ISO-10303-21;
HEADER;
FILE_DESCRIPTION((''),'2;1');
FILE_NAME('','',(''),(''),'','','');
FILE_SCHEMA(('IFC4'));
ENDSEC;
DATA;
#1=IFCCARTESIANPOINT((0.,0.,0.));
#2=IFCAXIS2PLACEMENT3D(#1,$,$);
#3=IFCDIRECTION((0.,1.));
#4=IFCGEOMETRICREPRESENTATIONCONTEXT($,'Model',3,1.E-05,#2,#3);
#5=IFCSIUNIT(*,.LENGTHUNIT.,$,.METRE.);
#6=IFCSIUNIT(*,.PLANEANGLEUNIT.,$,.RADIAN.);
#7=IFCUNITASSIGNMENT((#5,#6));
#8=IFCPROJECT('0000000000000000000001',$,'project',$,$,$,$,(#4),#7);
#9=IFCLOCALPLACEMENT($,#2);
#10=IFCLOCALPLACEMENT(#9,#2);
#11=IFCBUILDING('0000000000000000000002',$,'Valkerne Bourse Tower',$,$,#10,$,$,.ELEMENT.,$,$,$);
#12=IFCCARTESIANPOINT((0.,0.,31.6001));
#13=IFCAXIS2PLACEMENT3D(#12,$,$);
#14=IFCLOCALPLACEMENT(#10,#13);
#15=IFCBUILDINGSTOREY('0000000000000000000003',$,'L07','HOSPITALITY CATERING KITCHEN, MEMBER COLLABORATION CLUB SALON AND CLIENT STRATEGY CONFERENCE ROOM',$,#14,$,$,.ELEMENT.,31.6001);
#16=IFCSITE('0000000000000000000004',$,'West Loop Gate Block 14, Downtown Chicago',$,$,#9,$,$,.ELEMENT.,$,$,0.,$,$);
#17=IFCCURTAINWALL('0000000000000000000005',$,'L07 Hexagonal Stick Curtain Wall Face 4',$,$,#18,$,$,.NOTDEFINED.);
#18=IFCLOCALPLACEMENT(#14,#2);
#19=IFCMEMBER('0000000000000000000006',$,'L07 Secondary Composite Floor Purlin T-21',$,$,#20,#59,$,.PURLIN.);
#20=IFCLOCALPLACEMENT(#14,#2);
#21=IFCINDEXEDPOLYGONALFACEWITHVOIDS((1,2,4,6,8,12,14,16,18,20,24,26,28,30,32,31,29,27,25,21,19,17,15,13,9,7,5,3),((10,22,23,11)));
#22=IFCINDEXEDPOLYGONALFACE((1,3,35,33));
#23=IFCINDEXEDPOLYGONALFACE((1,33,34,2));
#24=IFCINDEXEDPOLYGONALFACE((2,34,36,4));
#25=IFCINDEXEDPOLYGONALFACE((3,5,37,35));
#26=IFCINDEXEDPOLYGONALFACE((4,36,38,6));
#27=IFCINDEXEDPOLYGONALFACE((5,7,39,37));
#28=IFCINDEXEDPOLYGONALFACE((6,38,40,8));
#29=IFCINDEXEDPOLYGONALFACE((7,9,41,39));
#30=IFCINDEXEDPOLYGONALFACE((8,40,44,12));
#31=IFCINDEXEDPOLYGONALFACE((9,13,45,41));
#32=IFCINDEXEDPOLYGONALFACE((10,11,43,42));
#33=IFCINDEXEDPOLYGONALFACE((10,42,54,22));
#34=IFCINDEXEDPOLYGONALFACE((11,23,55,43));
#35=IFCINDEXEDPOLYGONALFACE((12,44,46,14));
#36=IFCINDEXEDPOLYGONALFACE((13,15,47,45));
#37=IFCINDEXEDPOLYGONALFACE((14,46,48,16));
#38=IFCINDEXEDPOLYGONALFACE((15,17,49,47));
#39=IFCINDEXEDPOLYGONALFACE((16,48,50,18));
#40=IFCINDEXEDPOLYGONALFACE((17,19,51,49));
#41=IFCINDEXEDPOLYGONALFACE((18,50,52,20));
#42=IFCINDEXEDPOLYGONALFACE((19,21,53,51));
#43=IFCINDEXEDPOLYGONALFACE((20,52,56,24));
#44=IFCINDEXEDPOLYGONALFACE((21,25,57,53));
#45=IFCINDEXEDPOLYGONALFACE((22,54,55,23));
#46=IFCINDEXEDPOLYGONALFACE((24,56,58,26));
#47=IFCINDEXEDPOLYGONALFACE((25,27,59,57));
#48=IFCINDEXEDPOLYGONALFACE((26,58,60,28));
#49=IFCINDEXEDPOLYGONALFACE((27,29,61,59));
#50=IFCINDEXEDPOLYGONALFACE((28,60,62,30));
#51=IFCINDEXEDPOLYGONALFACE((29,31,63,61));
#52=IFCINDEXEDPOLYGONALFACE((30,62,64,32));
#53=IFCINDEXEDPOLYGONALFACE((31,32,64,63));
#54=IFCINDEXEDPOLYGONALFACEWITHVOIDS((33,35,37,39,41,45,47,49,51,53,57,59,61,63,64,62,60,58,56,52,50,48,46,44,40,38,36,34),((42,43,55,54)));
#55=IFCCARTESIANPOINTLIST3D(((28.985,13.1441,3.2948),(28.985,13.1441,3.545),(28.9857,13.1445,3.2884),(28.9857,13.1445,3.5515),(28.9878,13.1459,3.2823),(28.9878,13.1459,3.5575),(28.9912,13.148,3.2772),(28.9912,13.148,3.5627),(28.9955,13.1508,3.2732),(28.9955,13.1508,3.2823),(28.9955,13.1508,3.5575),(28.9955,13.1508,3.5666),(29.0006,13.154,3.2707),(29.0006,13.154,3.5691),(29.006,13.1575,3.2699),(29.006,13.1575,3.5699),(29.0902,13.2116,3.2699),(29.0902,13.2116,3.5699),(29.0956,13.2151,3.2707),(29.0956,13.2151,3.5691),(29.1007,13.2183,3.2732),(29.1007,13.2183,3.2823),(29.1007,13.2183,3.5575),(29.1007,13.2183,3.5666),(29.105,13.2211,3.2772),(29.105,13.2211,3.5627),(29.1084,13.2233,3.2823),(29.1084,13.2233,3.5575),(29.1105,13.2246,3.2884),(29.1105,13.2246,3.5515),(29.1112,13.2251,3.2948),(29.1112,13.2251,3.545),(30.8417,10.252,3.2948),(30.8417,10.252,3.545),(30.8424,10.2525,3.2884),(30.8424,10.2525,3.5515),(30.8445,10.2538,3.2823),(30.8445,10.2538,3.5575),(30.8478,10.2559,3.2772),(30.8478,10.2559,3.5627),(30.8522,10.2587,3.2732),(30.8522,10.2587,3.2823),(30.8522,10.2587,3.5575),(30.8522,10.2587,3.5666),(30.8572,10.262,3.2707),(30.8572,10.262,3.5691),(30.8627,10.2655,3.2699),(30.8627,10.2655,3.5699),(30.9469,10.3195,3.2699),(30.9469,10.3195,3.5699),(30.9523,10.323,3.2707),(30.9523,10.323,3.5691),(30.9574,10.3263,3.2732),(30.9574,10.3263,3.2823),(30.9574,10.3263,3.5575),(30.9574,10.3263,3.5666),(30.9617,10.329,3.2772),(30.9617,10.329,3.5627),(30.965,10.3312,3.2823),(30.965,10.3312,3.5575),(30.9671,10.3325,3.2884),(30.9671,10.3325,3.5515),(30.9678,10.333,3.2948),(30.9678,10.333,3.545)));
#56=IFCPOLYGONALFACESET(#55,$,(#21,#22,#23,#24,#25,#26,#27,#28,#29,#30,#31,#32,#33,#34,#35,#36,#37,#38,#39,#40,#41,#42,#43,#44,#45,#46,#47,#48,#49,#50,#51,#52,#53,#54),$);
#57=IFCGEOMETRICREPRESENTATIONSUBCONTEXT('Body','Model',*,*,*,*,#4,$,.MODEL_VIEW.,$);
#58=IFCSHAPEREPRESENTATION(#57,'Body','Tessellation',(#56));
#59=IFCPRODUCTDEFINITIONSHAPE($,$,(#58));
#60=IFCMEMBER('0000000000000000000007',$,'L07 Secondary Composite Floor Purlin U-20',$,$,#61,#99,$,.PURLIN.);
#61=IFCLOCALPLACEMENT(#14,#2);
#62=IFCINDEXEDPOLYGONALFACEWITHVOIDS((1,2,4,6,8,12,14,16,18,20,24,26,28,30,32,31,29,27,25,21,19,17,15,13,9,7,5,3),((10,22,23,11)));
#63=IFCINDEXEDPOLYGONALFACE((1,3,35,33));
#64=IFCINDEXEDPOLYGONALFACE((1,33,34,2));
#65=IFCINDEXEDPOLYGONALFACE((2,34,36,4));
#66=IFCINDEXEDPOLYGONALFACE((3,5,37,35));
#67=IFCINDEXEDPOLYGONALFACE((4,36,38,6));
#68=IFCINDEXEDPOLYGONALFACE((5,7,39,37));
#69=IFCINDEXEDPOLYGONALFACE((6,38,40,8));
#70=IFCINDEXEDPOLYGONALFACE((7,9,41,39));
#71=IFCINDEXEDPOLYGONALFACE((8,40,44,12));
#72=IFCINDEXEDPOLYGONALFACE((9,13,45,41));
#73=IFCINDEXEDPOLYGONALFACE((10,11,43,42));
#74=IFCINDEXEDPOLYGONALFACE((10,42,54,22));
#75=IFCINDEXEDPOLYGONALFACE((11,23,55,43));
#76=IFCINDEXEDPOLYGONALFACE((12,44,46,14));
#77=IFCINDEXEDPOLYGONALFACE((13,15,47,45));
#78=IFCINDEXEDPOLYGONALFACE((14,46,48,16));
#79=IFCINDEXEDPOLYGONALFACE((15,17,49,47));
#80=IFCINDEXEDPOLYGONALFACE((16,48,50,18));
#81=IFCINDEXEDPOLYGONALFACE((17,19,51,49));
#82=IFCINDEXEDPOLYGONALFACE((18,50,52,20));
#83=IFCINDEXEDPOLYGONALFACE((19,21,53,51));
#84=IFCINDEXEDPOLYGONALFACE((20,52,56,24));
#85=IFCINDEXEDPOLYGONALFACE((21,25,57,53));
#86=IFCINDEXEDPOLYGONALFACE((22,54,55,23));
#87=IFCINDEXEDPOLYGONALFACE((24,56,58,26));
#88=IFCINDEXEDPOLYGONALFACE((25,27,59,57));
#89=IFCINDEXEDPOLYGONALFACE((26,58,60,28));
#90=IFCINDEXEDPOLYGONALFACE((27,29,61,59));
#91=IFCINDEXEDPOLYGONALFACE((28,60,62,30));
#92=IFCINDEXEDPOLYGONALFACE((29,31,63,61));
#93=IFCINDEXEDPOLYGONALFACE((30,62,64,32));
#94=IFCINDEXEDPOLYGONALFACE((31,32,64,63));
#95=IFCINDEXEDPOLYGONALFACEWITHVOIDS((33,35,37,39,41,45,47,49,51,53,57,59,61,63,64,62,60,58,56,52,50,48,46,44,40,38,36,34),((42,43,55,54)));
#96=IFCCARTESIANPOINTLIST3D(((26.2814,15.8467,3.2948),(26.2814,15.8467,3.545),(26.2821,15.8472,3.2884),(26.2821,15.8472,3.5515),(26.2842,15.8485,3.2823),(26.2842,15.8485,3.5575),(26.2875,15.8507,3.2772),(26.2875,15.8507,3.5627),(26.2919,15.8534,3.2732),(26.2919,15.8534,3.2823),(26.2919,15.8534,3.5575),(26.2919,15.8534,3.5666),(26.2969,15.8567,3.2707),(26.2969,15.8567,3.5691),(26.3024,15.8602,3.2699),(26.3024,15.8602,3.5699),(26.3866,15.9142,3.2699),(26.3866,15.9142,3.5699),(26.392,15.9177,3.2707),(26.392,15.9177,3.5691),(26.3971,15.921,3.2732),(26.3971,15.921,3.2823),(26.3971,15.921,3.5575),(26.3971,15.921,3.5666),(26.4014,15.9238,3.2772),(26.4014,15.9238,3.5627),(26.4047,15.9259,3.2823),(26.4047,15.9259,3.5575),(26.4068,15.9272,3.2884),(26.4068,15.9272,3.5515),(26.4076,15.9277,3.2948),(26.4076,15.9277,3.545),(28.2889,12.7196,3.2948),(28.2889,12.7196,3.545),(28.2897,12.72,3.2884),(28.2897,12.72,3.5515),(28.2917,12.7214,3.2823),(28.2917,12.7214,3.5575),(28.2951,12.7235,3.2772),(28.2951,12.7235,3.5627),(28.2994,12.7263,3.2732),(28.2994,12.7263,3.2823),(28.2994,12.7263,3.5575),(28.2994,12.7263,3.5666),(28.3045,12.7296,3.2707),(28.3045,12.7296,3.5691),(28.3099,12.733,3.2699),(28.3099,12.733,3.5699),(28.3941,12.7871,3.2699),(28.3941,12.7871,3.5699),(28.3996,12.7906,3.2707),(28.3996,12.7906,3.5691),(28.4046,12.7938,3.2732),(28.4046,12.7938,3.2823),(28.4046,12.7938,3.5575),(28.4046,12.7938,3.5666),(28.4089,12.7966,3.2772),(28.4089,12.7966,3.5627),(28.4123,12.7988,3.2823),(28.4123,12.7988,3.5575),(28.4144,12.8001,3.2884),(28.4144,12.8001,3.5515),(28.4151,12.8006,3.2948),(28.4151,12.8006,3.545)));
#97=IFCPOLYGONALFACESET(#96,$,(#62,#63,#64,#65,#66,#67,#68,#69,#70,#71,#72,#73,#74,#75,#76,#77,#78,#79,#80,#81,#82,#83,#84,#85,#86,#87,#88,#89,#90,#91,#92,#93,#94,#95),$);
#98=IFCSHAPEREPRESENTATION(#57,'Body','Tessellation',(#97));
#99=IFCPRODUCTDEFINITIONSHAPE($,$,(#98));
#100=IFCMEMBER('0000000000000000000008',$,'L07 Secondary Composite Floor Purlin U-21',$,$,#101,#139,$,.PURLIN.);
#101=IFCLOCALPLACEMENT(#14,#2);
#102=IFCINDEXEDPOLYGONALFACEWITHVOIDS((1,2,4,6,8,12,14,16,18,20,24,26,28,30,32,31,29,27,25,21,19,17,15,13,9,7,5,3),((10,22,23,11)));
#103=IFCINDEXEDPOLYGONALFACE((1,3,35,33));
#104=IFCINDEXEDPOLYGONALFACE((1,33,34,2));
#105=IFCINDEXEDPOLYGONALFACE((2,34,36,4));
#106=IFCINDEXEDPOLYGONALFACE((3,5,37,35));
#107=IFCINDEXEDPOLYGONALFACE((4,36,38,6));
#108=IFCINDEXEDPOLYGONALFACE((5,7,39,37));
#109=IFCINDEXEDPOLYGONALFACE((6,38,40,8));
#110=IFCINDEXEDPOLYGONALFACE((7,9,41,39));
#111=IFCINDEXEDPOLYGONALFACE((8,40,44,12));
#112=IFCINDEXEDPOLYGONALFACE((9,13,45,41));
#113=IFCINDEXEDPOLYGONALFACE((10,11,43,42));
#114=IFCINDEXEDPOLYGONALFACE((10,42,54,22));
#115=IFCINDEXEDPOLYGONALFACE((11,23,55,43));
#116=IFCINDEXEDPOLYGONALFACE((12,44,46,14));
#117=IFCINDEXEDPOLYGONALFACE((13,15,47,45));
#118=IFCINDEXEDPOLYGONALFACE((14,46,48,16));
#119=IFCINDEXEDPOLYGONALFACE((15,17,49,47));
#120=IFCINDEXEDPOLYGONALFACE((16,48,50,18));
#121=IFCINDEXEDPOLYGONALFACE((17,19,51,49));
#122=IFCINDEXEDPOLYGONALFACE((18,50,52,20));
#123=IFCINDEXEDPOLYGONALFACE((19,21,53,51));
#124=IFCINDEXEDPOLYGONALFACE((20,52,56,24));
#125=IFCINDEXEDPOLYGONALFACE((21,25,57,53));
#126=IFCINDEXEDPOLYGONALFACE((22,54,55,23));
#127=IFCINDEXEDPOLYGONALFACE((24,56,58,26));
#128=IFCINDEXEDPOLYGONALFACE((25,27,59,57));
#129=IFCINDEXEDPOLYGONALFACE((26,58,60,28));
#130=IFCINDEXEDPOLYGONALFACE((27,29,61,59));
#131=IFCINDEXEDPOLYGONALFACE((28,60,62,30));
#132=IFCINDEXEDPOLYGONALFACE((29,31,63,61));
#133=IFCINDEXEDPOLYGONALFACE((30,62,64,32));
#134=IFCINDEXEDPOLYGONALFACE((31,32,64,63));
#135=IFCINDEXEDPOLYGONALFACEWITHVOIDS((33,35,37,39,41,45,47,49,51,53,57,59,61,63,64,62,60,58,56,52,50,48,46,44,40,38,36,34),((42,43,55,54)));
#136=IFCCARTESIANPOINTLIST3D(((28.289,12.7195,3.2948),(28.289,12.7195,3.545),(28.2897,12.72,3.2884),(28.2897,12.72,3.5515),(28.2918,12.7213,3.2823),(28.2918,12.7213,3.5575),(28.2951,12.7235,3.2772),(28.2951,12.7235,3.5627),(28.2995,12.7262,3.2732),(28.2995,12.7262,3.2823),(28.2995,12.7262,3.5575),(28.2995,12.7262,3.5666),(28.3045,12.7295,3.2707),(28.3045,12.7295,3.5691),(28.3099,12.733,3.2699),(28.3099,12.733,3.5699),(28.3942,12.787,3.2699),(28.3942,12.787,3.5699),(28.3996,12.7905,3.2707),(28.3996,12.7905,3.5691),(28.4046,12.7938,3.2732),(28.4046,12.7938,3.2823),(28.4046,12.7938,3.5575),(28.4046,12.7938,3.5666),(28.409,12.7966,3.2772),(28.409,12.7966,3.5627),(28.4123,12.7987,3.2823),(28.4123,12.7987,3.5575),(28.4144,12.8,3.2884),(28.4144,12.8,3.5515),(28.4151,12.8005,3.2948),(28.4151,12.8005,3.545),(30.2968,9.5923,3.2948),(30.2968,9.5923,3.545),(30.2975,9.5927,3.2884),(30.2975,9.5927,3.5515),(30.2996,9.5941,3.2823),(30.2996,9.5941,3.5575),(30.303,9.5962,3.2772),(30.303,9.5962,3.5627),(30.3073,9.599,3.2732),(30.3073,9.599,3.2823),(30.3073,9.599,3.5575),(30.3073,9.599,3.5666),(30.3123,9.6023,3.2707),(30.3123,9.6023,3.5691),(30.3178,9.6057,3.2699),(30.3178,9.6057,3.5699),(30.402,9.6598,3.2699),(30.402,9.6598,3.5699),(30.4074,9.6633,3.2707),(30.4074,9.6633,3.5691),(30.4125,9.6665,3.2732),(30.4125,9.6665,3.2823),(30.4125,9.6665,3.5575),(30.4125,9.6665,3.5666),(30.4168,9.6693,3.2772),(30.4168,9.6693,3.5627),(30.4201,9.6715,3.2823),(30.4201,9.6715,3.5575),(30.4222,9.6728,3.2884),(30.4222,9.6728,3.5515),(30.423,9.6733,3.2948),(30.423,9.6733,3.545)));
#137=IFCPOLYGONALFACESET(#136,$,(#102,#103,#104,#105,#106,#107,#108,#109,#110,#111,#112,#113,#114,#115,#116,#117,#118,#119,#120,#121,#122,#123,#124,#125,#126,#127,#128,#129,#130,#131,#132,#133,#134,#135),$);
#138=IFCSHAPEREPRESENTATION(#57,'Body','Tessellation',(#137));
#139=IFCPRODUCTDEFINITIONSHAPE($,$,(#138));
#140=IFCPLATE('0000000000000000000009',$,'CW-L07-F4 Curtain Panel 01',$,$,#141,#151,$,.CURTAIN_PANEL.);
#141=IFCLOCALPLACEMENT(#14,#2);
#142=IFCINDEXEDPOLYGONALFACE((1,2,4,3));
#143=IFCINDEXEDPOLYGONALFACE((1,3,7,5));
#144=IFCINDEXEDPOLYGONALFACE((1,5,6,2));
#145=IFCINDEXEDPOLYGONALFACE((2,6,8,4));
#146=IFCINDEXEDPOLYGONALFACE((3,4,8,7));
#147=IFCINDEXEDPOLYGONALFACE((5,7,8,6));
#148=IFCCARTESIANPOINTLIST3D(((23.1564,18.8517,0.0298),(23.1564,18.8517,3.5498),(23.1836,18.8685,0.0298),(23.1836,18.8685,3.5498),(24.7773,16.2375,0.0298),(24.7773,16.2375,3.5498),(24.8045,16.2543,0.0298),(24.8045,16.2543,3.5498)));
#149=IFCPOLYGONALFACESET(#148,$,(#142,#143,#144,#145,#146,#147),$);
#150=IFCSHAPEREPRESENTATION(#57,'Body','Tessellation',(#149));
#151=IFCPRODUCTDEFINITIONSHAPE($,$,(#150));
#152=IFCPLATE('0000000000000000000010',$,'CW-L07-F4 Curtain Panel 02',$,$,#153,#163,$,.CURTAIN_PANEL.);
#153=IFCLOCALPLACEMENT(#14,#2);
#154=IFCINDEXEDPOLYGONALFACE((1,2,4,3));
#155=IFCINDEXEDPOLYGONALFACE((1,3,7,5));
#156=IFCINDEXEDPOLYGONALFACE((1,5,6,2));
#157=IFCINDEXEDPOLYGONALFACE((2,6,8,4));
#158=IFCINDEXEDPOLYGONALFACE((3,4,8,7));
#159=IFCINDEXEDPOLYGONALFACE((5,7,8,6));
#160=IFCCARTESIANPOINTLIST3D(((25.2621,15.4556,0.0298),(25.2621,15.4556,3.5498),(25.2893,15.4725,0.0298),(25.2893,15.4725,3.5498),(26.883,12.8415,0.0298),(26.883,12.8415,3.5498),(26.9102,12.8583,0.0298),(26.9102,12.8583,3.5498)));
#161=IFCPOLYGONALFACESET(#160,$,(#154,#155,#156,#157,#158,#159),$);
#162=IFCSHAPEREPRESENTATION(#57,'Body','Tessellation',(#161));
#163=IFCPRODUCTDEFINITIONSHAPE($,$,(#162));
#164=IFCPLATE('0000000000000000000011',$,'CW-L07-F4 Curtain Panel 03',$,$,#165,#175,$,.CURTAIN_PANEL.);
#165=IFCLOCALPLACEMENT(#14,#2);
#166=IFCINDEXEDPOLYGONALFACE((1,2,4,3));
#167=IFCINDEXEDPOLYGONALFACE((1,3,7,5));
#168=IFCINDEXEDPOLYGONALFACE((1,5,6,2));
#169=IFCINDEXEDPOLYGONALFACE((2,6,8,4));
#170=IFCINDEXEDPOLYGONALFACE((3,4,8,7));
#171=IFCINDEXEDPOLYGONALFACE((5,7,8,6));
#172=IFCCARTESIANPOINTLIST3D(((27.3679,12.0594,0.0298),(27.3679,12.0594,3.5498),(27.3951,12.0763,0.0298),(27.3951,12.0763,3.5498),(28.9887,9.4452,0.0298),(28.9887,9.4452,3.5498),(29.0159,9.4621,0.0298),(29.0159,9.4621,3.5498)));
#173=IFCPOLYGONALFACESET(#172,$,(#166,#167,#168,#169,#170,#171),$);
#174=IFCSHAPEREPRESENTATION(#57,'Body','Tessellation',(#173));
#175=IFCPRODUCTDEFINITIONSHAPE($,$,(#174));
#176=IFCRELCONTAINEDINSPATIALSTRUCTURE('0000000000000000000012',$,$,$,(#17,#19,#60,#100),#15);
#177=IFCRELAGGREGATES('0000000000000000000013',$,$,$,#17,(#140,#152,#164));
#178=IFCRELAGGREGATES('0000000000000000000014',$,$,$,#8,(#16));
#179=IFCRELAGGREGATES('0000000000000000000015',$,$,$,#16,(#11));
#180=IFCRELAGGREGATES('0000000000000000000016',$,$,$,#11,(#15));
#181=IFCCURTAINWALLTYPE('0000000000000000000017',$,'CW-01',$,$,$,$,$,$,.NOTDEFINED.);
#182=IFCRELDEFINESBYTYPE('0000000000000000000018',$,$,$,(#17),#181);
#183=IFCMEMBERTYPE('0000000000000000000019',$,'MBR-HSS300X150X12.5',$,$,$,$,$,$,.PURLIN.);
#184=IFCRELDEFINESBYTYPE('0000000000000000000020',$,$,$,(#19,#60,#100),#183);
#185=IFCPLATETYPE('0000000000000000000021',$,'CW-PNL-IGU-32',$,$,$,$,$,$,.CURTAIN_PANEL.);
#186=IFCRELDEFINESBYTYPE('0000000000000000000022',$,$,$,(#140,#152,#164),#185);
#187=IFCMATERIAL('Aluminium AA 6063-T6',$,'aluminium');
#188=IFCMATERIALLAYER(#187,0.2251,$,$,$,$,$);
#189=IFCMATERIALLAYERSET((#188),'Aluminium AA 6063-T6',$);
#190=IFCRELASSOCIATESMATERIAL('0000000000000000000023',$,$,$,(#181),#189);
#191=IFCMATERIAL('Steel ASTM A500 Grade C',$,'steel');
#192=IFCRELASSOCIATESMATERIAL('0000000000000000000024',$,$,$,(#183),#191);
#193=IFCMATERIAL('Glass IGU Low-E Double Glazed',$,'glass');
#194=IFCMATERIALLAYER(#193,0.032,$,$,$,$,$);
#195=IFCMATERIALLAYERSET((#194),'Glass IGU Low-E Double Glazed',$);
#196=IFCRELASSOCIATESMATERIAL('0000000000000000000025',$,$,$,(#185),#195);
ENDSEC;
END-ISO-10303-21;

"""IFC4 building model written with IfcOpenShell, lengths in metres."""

from ifc_helpers import new_model, si_unit, direction, frame, origin, origin_2d, place, context, subcontext, project, spatial, rectangle, hollow_rectangle, extrude, material, layer, layer_set, material_profile, profile_set, type_object, element, aggregate, save


model = new_model("IFC4")

# Units and contexts
model_context = context("Model", 3, precision=1e-05, world=origin(), true_north=direction((0.0, 1.0)))
body_context = subcontext(model_context, "Body", "Model", "MODEL_VIEW")
ifc_project = project(units=[si_unit("LENGTHUNIT", "METRE"), si_unit("PLANEANGLEUNIT", "RADIAN")], contexts=[model_context])

# Site, building, storey
site_placement = place(None, origin())
site = spatial("IfcSite", under=ifc_project, at=site_placement, Name="West Loop Gate Block 14, Downtown Chicago", CompositionType="ELEMENT", RefElevation=0.0)
building_placement = place(site_placement, origin())
building = spatial("IfcBuilding", under=site, at=building_placement, Name="Valkerne Bourse Tower", CompositionType="ELEMENT")
storey_placement = place(building_placement, frame((0.0, 0.0, 31.6001)))
storey = spatial("IfcBuildingStorey", under=building, at=storey_placement, Name="L07", Description="HOSPITALITY CATERING KITCHEN, MEMBER COLLABORATION CLUB SALON AND CLIENT STRATEGY CONFERENCE ROOM", CompositionType="ELEMENT", Elevation=31.6001)

# Curtain wall
ifc_material_1 = material(Name="Aluminium AA 6063-T6", Category="aluminium")
ifc_layer_1 = layer(ifc_material_1, 0.2251)
ifc_layer_set_1 = layer_set([ifc_layer_1], Name="Aluminium AA 6063-T6")
curtain_wall_type = type_object("IfcCurtainWallType", Name="CW-01", PredefinedType="NOTDEFINED", material=ifc_layer_set_1)
curtain_wall_placement = place(storey_placement, origin())
curtain_wall = element("IfcCurtainWall", 1, at=curtain_wall_placement, inside=storey, type_object=curtain_wall_type, Name="L07 Hexagonal Stick Curtain Wall Face 4", PredefinedType="NOTDEFINED")

# Members
ifc_material_2 = material(Name="Steel ASTM A500 Grade C", Category="steel")
ifc_material_profile_1 = material_profile(ifc_material_2, hollow_rectangle(XDim=0.1499, YDim=0.3, WallThickness=0.0125, OuterFilletRadius=0.0249, at=origin_2d()), Name="HSS300X150X12.5")
ifc_profile_set_1 = profile_set([ifc_material_profile_1], Name="Steel ASTM A500 Grade C")
member_type_1 = type_object("IfcMemberType", Name="MBR-HSS300X150X12.5", PredefinedType="PURLIN", material=ifc_profile_set_1)
member_1_placement = place(storey_placement, frame((29.0481, 13.1846, 3.4199), z_axis=(0.54024, -0.841511, 0.0), x_axis=(0.841511, 0.54024, 0.0)))
element("IfcMember", 2, at=member_1_placement, inside=storey, type_object=member_type_1, Name="L07 Secondary Composite Floor Purlin T-21", PredefinedType="PURLIN", context=body_context, shape_type="SweptSolid", body=[
    extrude(hollow_rectangle(XDim=0.1499, YDim=0.3, WallThickness=0.0125, OuterFilletRadius=0.0249, at=origin_2d()), origin(), (0.0, 0.0, 1.0), 3.4368),
])
member_2_placement = place(storey_placement, frame((26.3445, 15.8872, 3.4199), z_axis=(0.54023, -0.841518, 0.0), x_axis=(0.841518, 0.54023, 0.0)))
element("IfcMember", 3, at=member_2_placement, inside=storey, type_object=member_type_1, Name="L07 Secondary Composite Floor Purlin U-20", PredefinedType="PURLIN", context=body_context, shape_type="SweptSolid", body=[
    extrude(hollow_rectangle(XDim=0.1499, YDim=0.3, WallThickness=0.0125, OuterFilletRadius=0.0249, at=origin_2d()), origin(), (0.0, 0.0, 1.0), 3.7161),
])
member_3_placement = place(storey_placement, frame((28.3521, 12.76, 3.4199), z_axis=(0.540276, -0.841488, 0.0), x_axis=(0.841488, 0.540276, 0.0)))
element("IfcMember", 4, at=member_3_placement, inside=storey, type_object=member_type_1, Name="L07 Secondary Composite Floor Purlin U-21", PredefinedType="PURLIN", context=body_context, shape_type="SweptSolid", body=[
    extrude(hollow_rectangle(XDim=0.1499, YDim=0.3, WallThickness=0.0125, OuterFilletRadius=0.0249, at=origin_2d()), origin(), (0.0, 0.0, 1.0), 3.7163),
])

# Plates
ifc_material_3 = material(Name="Glass IGU Low-E Double Glazed", Category="glass")
ifc_layer_2 = layer(ifc_material_3, 0.032)
ifc_layer_set_2 = layer_set([ifc_layer_2], Name="Glass IGU Low-E Double Glazed")
plate_type = type_object("IfcPlateType", Name="CW-PNL-IGU-32", PredefinedType="CURTAIN_PANEL", material=ifc_layer_set_2)
plate_1_placement = place(storey_placement, frame((23.9805, 17.553, 0.0298), z_axis=(0.0, 0.0, 1.0), x_axis=(0.526961, -0.849889, 0.0)))
plate_1 = element("IfcPlate", 5, at=plate_1_placement, type_object=plate_type, Name="CW-L07-F4 Curtain Panel 01", PredefinedType="CURTAIN_PANEL", context=body_context, shape_type="SweptSolid", body=[
    extrude(rectangle(XDim=3.0759, YDim=0.032, at=origin_2d()), origin(), (0.0, 0.0, 1.0), 3.52),
])
plate_2_placement = place(storey_placement, frame((26.0862, 14.157, 0.0298), z_axis=(0.0, 0.0, 1.0), x_axis=(0.526968, -0.849885, 0.0)))
plate_2 = element("IfcPlate", 6, at=plate_2_placement, type_object=plate_type, Name="CW-L07-F4 Curtain Panel 02", PredefinedType="CURTAIN_PANEL", context=body_context, shape_type="SweptSolid", body=[
    extrude(rectangle(XDim=3.0759, YDim=0.032, at=origin_2d()), origin(), (0.0, 0.0, 1.0), 3.52),
])
plate_3_placement = place(storey_placement, frame((28.1919, 10.7607, 0.0298), z_axis=(0.0, 0.0, 1.0), x_axis=(0.52695, -0.849896, 0.0)))
plate_3 = element("IfcPlate", 7, at=plate_3_placement, type_object=plate_type, Name="CW-L07-F4 Curtain Panel 03", PredefinedType="CURTAIN_PANEL", context=body_context, shape_type="SweptSolid", body=[
    extrude(rectangle(XDim=3.0759, YDim=0.032, at=origin_2d()), origin(), (0.0, 0.0, 1.0), 3.52),
])
aggregate(curtain_wall, [plate_1, plate_2, plate_3])

save(model, "model.ifc")
